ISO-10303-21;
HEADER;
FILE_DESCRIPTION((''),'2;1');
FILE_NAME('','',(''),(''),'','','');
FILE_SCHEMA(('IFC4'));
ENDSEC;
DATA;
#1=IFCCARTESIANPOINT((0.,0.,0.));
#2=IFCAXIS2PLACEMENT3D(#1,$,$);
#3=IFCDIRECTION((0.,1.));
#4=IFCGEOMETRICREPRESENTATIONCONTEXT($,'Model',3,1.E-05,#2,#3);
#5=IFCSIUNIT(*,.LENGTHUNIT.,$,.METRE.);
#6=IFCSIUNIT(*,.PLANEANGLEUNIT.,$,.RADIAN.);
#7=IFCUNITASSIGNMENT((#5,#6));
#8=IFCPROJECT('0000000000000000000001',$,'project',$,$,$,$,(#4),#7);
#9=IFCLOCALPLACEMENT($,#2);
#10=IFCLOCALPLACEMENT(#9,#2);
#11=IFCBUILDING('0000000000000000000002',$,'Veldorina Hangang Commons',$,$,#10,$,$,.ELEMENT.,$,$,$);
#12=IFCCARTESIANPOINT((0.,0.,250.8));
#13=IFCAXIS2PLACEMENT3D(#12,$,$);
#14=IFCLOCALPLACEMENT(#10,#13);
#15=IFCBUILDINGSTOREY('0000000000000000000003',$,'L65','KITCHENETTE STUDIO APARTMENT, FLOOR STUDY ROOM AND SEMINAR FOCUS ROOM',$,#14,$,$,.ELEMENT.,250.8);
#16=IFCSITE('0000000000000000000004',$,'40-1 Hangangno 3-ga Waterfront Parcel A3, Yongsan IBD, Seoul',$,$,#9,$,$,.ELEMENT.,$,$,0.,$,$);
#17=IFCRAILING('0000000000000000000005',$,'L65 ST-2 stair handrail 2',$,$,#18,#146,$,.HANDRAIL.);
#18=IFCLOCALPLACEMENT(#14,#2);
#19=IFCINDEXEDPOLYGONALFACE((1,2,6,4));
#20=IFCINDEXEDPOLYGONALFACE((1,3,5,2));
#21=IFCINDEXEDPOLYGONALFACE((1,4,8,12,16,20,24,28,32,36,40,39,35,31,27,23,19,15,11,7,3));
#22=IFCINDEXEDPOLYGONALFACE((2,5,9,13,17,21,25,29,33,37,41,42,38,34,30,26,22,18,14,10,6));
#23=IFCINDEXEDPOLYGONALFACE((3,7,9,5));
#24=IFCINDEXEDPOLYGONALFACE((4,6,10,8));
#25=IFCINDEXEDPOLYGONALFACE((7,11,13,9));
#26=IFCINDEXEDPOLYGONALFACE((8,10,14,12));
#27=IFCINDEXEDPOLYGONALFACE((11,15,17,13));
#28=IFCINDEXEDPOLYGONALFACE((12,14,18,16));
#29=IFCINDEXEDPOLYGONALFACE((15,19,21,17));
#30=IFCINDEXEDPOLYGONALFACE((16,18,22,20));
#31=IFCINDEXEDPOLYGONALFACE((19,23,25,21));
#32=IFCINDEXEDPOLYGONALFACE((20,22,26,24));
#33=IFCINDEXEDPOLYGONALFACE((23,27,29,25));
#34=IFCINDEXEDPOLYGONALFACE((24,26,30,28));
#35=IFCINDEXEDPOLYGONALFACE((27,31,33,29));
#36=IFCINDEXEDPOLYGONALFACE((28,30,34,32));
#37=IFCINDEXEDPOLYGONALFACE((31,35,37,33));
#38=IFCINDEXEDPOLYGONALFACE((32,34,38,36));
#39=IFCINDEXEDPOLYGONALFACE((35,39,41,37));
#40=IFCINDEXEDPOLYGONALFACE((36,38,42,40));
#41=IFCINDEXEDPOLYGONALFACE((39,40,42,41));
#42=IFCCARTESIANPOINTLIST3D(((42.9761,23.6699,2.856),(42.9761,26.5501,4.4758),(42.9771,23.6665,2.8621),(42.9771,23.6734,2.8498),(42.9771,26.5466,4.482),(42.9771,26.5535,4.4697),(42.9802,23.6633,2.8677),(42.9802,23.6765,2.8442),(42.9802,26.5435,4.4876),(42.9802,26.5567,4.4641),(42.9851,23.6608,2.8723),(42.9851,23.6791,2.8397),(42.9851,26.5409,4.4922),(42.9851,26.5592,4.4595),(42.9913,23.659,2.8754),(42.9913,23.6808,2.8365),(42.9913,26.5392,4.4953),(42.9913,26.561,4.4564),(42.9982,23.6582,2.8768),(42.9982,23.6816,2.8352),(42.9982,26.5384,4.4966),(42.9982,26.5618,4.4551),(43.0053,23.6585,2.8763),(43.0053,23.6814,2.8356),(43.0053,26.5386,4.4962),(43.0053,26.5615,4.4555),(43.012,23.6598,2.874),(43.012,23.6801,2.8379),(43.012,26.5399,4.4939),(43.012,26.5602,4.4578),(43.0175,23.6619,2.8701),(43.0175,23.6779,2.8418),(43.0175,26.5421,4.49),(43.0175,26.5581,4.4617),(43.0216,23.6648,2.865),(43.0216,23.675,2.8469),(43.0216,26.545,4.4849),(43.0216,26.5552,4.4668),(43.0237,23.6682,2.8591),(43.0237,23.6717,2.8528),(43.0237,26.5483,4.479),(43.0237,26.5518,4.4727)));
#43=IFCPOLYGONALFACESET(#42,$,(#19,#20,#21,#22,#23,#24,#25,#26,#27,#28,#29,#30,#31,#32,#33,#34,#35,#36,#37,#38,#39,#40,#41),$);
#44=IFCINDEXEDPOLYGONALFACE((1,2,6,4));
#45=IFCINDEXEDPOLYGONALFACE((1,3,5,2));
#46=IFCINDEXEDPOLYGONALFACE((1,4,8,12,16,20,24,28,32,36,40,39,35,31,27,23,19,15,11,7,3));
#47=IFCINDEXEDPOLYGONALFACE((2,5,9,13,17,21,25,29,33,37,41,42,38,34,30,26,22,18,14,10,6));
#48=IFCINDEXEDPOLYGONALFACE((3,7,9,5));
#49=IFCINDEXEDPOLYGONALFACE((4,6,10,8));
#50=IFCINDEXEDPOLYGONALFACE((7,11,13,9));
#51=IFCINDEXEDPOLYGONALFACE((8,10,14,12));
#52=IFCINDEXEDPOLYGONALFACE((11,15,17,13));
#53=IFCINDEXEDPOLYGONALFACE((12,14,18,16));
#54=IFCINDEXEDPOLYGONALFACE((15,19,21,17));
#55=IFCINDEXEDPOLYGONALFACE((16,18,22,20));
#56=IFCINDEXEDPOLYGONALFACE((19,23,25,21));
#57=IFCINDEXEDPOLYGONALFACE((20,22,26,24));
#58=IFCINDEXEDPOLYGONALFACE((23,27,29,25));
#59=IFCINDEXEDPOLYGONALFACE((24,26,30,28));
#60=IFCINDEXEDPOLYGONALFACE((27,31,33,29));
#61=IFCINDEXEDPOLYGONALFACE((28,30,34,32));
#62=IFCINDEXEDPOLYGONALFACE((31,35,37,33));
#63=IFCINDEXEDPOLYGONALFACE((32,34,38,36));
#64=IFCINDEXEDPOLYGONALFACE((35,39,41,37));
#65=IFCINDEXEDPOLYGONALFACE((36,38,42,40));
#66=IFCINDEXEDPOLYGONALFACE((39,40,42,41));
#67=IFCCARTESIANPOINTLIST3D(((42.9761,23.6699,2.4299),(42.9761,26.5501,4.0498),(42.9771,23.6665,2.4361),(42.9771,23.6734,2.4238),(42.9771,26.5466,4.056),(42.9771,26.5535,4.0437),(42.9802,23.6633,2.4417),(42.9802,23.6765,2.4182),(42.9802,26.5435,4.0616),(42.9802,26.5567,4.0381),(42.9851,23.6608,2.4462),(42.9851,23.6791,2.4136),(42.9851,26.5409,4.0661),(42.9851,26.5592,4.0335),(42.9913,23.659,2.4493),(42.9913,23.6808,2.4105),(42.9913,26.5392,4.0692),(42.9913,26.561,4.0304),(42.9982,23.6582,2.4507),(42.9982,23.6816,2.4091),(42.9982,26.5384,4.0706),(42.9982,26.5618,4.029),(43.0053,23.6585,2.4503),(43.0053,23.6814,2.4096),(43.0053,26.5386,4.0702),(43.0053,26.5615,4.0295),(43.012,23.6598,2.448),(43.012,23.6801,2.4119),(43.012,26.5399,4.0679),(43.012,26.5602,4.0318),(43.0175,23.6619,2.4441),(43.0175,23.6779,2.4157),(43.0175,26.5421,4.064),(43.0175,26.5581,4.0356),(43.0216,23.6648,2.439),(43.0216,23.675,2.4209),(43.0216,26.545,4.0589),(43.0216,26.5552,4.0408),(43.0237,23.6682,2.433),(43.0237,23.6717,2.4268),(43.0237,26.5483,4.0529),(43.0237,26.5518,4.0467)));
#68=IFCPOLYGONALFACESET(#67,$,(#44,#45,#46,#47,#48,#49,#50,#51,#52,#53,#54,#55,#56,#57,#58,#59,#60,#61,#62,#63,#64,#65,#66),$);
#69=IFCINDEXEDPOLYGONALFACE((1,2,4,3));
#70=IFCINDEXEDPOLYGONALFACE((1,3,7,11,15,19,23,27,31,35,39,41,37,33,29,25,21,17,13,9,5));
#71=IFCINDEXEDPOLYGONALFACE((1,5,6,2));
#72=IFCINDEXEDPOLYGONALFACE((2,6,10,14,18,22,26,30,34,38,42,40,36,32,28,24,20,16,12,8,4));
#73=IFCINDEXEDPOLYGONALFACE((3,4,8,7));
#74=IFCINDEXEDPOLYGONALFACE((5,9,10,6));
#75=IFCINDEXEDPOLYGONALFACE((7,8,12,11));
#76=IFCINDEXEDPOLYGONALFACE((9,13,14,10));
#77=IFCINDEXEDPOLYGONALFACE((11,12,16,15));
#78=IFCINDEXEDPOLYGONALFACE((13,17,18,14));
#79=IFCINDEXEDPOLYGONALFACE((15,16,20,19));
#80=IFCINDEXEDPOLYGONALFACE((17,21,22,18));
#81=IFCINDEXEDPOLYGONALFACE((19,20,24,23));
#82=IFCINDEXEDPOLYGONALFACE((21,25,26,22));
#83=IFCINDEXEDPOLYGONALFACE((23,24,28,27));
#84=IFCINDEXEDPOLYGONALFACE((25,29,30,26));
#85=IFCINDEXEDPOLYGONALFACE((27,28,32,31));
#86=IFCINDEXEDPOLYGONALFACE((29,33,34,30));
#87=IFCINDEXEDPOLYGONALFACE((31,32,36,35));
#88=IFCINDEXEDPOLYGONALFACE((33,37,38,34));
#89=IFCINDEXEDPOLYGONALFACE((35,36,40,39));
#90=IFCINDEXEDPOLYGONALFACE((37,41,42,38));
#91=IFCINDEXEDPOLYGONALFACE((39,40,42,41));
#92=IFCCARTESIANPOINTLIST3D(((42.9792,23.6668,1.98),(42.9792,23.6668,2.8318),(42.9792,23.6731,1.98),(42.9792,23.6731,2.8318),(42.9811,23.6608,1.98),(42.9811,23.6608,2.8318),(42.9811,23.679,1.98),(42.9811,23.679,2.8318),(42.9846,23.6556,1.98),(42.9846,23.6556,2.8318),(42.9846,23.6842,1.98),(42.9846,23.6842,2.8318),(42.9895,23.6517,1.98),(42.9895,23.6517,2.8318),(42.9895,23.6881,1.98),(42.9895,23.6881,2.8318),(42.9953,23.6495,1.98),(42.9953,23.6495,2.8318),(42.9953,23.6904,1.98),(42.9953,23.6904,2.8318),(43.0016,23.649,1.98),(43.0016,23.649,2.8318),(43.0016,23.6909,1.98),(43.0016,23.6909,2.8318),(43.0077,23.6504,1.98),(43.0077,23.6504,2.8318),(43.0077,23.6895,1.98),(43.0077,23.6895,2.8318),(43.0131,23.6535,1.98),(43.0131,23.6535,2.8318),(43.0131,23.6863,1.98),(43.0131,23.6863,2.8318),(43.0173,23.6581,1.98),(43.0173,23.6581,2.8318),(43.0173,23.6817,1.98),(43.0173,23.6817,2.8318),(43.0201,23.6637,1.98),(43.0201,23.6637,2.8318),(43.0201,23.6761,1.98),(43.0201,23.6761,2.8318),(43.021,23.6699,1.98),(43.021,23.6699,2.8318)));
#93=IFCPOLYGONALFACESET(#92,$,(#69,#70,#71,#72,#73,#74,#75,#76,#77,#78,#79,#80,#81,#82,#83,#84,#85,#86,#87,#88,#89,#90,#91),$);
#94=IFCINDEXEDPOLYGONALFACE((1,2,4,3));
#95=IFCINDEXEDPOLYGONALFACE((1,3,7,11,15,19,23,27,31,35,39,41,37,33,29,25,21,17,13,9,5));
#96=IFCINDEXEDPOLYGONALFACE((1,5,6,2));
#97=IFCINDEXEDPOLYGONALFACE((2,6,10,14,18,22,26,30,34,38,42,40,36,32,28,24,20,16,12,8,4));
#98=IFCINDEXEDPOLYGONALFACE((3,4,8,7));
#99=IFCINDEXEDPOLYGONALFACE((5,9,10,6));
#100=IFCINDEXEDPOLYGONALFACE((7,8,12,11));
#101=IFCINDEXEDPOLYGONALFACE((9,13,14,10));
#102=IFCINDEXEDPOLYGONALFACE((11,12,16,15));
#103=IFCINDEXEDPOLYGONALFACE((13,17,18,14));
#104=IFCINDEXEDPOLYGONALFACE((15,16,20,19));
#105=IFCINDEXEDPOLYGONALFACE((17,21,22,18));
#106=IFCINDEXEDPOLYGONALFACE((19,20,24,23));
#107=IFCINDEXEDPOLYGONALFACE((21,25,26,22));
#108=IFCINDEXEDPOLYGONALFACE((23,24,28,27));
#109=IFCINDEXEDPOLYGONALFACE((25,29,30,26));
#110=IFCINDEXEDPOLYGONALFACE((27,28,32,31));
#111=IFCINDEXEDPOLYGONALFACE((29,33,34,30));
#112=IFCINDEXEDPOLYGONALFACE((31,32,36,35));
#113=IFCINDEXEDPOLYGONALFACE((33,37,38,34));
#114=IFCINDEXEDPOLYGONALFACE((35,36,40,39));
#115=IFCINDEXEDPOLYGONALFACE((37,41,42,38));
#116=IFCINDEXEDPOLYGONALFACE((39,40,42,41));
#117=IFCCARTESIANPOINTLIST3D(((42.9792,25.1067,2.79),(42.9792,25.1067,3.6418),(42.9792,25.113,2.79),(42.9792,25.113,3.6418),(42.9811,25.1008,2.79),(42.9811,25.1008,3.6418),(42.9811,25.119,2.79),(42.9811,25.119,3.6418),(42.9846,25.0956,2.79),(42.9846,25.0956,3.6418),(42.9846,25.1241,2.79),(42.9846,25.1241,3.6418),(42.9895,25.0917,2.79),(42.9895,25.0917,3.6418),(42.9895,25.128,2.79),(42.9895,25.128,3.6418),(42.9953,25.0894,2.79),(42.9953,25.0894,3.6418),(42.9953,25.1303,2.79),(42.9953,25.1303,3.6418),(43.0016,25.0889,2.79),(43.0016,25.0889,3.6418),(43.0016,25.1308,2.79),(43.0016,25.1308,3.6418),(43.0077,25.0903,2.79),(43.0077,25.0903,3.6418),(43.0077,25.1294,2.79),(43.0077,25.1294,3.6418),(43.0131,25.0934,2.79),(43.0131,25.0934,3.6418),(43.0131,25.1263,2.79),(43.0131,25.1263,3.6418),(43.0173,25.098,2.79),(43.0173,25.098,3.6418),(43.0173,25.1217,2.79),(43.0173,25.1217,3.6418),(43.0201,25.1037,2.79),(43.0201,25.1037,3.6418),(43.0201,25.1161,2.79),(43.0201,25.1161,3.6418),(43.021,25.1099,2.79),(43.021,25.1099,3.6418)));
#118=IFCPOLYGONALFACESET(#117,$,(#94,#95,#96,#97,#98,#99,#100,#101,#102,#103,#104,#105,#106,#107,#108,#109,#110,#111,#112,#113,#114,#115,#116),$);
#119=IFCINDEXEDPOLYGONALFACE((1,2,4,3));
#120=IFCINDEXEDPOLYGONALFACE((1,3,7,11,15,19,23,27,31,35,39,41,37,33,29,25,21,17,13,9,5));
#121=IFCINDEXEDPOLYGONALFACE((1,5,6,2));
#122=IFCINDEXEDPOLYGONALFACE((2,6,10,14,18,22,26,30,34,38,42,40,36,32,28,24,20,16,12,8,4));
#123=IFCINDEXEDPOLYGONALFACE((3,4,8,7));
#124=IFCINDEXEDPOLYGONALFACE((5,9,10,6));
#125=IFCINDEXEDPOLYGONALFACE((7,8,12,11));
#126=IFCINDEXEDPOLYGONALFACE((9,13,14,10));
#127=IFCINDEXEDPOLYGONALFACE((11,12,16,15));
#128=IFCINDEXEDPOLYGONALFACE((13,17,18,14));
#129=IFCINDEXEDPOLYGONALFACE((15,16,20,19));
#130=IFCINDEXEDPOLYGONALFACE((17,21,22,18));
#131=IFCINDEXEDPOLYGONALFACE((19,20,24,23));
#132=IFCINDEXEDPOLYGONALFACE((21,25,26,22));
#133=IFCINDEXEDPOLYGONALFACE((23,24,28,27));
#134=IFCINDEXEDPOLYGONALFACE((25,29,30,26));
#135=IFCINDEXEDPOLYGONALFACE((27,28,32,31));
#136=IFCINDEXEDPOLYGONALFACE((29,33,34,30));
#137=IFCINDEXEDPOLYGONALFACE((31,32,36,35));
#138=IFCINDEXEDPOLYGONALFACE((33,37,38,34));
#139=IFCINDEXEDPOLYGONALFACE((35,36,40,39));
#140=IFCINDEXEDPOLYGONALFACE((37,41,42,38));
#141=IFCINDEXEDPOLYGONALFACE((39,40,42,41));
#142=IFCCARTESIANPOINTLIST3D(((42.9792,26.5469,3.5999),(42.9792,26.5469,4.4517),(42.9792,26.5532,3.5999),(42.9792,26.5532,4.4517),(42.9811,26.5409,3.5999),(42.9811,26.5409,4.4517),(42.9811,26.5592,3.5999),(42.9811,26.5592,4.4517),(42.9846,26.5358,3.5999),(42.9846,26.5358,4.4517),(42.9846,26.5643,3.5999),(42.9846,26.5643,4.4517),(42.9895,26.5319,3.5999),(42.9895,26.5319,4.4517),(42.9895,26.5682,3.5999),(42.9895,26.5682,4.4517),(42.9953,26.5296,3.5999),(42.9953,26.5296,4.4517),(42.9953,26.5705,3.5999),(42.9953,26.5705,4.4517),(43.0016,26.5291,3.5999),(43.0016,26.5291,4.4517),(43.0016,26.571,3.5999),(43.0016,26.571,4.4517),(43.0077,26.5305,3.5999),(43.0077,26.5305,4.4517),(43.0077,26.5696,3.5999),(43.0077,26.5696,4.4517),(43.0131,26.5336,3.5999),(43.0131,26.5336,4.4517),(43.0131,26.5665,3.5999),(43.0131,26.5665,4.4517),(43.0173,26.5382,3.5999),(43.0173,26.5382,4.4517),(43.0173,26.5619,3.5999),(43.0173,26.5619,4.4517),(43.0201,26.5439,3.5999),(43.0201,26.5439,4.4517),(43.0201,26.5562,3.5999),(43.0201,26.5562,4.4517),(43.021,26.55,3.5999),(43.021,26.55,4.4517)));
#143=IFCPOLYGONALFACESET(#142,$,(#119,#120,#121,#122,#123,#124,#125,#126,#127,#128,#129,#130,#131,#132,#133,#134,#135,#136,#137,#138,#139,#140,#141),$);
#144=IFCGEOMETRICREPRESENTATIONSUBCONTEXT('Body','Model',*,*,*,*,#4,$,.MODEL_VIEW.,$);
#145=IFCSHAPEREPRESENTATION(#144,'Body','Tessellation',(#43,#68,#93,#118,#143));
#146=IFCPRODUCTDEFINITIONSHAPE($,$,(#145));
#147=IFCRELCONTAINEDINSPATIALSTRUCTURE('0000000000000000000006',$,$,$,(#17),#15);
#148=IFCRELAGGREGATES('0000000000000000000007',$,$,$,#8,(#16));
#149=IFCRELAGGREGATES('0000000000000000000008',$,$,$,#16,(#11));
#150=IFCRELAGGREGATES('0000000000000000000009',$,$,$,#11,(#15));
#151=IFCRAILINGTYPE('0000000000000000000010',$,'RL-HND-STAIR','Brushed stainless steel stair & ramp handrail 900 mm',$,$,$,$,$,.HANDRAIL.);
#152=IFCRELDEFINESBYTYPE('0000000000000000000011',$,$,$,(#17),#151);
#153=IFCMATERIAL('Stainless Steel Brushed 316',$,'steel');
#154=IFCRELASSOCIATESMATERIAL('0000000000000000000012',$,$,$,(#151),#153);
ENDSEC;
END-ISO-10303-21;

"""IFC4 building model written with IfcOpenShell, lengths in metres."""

from ifc_helpers import new_model, si_unit, direction, frame, origin, origin_2d, place, context, subcontext, project, spatial, circle, extrude, material, type_object, element, save


model = new_model("IFC4")

# Units and contexts
model_context = context("Model", 3, precision=1e-05, world=origin(), true_north=direction((0.0, 1.0)))
body_context = subcontext(model_context, "Body", "Model", "MODEL_VIEW")
ifc_project = project(units=[si_unit("LENGTHUNIT", "METRE"), si_unit("PLANEANGLEUNIT", "RADIAN")], contexts=[model_context])

# Site, building, storey
site_placement = place(None, origin())
site = spatial("IfcSite", under=ifc_project, at=site_placement, Name="40-1 Hangangno 3-ga Waterfront Parcel A3, Yongsan IBD, Seoul", CompositionType="ELEMENT", RefElevation=0.0)
building_placement = place(site_placement, origin())
building = spatial("IfcBuilding", under=site, at=building_placement, Name="Veldorina Hangang Commons", CompositionType="ELEMENT")
storey_placement = place(building_placement, frame((0.0, 0.0, 250.8)))
storey = spatial("IfcBuildingStorey", under=building, at=storey_placement, Name="L65", Description="KITCHENETTE STUDIO APARTMENT, FLOOR STUDY ROOM AND SEMINAR FOCUS ROOM", CompositionType="ELEMENT", Elevation=250.8)

# Railing
ifc_material_1 = material(Name="Stainless Steel Brushed 316", Category="steel")
railing_type_1 = type_object("IfcRailingType", Name="RL-HND-STAIR", Description="Brushed stainless steel stair & ramp handrail 900 mm", PredefinedType="HANDRAIL", material=ifc_material_1)
railing_1_placement = place(storey_placement, frame((43.0, 23.6699, 1.98)))
element("IfcRailing", 1, at=railing_1_placement, inside=storey, type_object=railing_type_1, Name="L65 ST-2 stair handrail 2", PredefinedType="HANDRAIL", context=body_context, shape_type="SweptSolid", body=[
    extrude(circle(Radius=0.0239, at=origin_2d()), frame((0.0, 0.0, 0.876), z_axis=(0.0, 0.871601, 0.490216), x_axis=(-1.0, 0.0, 0.0)), (0.0, 0.0, 1.0), 3.3044),
    extrude(circle(Radius=0.0239, at=origin_2d()), frame((0.0, 0.0, 0.45), z_axis=(0.0, 0.871601, 0.490216), x_axis=(-1.0, 0.0, 0.0)), (0.0, 0.0, 1.0), 3.3044),
    extrude(circle(Radius=0.021, at=origin_2d()), origin(), (0.0, 0.0, 1.0), 0.8518),
    extrude(circle(Radius=0.021, at=origin_2d()), frame((0.0, 1.4399, 0.8101)), (0.0, 0.0, 1.0), 0.8518),
    extrude(circle(Radius=0.021, at=origin_2d()), frame((0.0, 2.8801, 1.6199)), (0.0, 0.0, 1.0), 0.8518),
])

save(model, "model.ifc")
